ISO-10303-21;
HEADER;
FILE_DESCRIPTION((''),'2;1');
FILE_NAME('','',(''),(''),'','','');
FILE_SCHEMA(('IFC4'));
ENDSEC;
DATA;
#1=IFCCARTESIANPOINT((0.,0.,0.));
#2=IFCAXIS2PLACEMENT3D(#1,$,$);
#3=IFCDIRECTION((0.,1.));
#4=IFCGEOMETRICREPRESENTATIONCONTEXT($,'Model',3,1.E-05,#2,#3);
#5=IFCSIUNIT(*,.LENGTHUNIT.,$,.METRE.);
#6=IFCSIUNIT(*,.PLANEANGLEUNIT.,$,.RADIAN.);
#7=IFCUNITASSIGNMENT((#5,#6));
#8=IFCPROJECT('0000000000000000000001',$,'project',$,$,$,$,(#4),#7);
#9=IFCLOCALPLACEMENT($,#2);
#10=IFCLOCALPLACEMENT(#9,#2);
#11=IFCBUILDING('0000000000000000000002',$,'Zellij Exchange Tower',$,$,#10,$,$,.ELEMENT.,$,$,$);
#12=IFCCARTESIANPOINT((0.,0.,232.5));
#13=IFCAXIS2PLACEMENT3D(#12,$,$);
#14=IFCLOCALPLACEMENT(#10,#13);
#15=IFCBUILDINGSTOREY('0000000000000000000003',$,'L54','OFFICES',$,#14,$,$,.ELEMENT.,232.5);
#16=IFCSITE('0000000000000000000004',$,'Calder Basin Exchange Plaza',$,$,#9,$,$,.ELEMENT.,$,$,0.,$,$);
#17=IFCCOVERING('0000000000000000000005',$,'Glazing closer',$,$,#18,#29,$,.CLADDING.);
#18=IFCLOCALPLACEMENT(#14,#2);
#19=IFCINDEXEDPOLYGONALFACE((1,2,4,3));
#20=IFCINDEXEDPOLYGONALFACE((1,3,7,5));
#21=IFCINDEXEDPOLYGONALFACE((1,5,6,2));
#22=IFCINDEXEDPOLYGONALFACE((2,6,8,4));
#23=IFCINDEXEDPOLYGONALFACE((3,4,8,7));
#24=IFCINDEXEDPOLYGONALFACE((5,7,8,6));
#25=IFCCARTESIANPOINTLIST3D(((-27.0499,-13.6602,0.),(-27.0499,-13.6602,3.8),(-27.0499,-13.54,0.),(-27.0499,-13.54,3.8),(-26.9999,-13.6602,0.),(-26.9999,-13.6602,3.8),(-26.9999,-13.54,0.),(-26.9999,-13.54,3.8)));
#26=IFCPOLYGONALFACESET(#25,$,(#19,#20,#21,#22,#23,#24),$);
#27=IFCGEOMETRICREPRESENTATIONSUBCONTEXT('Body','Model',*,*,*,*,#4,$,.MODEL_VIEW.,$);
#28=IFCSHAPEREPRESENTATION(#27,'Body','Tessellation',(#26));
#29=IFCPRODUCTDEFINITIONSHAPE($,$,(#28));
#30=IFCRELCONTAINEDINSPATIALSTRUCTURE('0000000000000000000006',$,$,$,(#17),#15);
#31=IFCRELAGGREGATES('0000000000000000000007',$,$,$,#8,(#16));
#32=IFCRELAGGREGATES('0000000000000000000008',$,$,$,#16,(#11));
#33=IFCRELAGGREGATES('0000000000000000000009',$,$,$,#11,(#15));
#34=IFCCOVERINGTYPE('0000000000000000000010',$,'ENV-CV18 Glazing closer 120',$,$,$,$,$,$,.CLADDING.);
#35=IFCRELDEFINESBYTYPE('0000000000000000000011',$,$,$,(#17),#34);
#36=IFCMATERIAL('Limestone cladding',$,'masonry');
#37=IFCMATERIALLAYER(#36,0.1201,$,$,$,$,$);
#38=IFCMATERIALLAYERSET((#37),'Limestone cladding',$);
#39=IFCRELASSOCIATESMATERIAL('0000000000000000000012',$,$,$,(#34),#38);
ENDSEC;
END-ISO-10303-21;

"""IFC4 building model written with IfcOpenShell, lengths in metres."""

from ifc_helpers import new_model, si_unit, direction, frame, origin, origin_2d, place, context, subcontext, project, spatial, rectangle, extrude, material, layer, layer_set, type_object, element, save


model = new_model("IFC4")

# Units and contexts
model_context = context("Model", 3, precision=1e-05, world=origin(), true_north=direction((0.0, 1.0)))
body_context = subcontext(model_context, "Body", "Model", "MODEL_VIEW")
ifc_project = project(units=[si_unit("LENGTHUNIT", "METRE"), si_unit("PLANEANGLEUNIT", "RADIAN")], contexts=[model_context])

# Site, building, storey
site_placement = place(None, origin())
site = spatial("IfcSite", under=ifc_project, at=site_placement, Name="Calder Basin Exchange Plaza", CompositionType="ELEMENT", RefElevation=0.0)
building_placement = place(site_placement, origin())
building = spatial("IfcBuilding", under=site, at=building_placement, Name="Zellij Exchange Tower", CompositionType="ELEMENT")
storey_placement = place(building_placement, frame((0.0, 0.0, 232.5)))
storey = spatial("IfcBuildingStorey", under=building, at=storey_placement, Name="L54", Description="OFFICES", CompositionType="ELEMENT", Elevation=232.5)

# Covering
ifc_material_1 = material(Name="Limestone cladding", Category="masonry")
ifc_layer_1 = layer(ifc_material_1, 0.1201)
ifc_layer_set_1 = layer_set([ifc_layer_1], Name="Limestone cladding")
covering_type = type_object("IfcCoveringType", Name="ENV-CV18 Glazing closer 120", PredefinedType="CLADDING", material=ifc_layer_set_1)
covering_placement = place(storey_placement, frame((-27.0249, -13.6001, 0.0), z_axis=(0.0, 0.0, 1.0), x_axis=(1.0, 0.0, 0.0)))
element("IfcCovering", 1, at=covering_placement, inside=storey, type_object=covering_type, Name="Glazing closer", PredefinedType="CLADDING", context=body_context, shape_type="SweptSolid", body=[
    extrude(rectangle(XDim=0.05, YDim=0.1201, at=origin_2d()), origin(), (0.0, 0.0, 1.0), 3.8),
])

save(model, "model.ifc")
